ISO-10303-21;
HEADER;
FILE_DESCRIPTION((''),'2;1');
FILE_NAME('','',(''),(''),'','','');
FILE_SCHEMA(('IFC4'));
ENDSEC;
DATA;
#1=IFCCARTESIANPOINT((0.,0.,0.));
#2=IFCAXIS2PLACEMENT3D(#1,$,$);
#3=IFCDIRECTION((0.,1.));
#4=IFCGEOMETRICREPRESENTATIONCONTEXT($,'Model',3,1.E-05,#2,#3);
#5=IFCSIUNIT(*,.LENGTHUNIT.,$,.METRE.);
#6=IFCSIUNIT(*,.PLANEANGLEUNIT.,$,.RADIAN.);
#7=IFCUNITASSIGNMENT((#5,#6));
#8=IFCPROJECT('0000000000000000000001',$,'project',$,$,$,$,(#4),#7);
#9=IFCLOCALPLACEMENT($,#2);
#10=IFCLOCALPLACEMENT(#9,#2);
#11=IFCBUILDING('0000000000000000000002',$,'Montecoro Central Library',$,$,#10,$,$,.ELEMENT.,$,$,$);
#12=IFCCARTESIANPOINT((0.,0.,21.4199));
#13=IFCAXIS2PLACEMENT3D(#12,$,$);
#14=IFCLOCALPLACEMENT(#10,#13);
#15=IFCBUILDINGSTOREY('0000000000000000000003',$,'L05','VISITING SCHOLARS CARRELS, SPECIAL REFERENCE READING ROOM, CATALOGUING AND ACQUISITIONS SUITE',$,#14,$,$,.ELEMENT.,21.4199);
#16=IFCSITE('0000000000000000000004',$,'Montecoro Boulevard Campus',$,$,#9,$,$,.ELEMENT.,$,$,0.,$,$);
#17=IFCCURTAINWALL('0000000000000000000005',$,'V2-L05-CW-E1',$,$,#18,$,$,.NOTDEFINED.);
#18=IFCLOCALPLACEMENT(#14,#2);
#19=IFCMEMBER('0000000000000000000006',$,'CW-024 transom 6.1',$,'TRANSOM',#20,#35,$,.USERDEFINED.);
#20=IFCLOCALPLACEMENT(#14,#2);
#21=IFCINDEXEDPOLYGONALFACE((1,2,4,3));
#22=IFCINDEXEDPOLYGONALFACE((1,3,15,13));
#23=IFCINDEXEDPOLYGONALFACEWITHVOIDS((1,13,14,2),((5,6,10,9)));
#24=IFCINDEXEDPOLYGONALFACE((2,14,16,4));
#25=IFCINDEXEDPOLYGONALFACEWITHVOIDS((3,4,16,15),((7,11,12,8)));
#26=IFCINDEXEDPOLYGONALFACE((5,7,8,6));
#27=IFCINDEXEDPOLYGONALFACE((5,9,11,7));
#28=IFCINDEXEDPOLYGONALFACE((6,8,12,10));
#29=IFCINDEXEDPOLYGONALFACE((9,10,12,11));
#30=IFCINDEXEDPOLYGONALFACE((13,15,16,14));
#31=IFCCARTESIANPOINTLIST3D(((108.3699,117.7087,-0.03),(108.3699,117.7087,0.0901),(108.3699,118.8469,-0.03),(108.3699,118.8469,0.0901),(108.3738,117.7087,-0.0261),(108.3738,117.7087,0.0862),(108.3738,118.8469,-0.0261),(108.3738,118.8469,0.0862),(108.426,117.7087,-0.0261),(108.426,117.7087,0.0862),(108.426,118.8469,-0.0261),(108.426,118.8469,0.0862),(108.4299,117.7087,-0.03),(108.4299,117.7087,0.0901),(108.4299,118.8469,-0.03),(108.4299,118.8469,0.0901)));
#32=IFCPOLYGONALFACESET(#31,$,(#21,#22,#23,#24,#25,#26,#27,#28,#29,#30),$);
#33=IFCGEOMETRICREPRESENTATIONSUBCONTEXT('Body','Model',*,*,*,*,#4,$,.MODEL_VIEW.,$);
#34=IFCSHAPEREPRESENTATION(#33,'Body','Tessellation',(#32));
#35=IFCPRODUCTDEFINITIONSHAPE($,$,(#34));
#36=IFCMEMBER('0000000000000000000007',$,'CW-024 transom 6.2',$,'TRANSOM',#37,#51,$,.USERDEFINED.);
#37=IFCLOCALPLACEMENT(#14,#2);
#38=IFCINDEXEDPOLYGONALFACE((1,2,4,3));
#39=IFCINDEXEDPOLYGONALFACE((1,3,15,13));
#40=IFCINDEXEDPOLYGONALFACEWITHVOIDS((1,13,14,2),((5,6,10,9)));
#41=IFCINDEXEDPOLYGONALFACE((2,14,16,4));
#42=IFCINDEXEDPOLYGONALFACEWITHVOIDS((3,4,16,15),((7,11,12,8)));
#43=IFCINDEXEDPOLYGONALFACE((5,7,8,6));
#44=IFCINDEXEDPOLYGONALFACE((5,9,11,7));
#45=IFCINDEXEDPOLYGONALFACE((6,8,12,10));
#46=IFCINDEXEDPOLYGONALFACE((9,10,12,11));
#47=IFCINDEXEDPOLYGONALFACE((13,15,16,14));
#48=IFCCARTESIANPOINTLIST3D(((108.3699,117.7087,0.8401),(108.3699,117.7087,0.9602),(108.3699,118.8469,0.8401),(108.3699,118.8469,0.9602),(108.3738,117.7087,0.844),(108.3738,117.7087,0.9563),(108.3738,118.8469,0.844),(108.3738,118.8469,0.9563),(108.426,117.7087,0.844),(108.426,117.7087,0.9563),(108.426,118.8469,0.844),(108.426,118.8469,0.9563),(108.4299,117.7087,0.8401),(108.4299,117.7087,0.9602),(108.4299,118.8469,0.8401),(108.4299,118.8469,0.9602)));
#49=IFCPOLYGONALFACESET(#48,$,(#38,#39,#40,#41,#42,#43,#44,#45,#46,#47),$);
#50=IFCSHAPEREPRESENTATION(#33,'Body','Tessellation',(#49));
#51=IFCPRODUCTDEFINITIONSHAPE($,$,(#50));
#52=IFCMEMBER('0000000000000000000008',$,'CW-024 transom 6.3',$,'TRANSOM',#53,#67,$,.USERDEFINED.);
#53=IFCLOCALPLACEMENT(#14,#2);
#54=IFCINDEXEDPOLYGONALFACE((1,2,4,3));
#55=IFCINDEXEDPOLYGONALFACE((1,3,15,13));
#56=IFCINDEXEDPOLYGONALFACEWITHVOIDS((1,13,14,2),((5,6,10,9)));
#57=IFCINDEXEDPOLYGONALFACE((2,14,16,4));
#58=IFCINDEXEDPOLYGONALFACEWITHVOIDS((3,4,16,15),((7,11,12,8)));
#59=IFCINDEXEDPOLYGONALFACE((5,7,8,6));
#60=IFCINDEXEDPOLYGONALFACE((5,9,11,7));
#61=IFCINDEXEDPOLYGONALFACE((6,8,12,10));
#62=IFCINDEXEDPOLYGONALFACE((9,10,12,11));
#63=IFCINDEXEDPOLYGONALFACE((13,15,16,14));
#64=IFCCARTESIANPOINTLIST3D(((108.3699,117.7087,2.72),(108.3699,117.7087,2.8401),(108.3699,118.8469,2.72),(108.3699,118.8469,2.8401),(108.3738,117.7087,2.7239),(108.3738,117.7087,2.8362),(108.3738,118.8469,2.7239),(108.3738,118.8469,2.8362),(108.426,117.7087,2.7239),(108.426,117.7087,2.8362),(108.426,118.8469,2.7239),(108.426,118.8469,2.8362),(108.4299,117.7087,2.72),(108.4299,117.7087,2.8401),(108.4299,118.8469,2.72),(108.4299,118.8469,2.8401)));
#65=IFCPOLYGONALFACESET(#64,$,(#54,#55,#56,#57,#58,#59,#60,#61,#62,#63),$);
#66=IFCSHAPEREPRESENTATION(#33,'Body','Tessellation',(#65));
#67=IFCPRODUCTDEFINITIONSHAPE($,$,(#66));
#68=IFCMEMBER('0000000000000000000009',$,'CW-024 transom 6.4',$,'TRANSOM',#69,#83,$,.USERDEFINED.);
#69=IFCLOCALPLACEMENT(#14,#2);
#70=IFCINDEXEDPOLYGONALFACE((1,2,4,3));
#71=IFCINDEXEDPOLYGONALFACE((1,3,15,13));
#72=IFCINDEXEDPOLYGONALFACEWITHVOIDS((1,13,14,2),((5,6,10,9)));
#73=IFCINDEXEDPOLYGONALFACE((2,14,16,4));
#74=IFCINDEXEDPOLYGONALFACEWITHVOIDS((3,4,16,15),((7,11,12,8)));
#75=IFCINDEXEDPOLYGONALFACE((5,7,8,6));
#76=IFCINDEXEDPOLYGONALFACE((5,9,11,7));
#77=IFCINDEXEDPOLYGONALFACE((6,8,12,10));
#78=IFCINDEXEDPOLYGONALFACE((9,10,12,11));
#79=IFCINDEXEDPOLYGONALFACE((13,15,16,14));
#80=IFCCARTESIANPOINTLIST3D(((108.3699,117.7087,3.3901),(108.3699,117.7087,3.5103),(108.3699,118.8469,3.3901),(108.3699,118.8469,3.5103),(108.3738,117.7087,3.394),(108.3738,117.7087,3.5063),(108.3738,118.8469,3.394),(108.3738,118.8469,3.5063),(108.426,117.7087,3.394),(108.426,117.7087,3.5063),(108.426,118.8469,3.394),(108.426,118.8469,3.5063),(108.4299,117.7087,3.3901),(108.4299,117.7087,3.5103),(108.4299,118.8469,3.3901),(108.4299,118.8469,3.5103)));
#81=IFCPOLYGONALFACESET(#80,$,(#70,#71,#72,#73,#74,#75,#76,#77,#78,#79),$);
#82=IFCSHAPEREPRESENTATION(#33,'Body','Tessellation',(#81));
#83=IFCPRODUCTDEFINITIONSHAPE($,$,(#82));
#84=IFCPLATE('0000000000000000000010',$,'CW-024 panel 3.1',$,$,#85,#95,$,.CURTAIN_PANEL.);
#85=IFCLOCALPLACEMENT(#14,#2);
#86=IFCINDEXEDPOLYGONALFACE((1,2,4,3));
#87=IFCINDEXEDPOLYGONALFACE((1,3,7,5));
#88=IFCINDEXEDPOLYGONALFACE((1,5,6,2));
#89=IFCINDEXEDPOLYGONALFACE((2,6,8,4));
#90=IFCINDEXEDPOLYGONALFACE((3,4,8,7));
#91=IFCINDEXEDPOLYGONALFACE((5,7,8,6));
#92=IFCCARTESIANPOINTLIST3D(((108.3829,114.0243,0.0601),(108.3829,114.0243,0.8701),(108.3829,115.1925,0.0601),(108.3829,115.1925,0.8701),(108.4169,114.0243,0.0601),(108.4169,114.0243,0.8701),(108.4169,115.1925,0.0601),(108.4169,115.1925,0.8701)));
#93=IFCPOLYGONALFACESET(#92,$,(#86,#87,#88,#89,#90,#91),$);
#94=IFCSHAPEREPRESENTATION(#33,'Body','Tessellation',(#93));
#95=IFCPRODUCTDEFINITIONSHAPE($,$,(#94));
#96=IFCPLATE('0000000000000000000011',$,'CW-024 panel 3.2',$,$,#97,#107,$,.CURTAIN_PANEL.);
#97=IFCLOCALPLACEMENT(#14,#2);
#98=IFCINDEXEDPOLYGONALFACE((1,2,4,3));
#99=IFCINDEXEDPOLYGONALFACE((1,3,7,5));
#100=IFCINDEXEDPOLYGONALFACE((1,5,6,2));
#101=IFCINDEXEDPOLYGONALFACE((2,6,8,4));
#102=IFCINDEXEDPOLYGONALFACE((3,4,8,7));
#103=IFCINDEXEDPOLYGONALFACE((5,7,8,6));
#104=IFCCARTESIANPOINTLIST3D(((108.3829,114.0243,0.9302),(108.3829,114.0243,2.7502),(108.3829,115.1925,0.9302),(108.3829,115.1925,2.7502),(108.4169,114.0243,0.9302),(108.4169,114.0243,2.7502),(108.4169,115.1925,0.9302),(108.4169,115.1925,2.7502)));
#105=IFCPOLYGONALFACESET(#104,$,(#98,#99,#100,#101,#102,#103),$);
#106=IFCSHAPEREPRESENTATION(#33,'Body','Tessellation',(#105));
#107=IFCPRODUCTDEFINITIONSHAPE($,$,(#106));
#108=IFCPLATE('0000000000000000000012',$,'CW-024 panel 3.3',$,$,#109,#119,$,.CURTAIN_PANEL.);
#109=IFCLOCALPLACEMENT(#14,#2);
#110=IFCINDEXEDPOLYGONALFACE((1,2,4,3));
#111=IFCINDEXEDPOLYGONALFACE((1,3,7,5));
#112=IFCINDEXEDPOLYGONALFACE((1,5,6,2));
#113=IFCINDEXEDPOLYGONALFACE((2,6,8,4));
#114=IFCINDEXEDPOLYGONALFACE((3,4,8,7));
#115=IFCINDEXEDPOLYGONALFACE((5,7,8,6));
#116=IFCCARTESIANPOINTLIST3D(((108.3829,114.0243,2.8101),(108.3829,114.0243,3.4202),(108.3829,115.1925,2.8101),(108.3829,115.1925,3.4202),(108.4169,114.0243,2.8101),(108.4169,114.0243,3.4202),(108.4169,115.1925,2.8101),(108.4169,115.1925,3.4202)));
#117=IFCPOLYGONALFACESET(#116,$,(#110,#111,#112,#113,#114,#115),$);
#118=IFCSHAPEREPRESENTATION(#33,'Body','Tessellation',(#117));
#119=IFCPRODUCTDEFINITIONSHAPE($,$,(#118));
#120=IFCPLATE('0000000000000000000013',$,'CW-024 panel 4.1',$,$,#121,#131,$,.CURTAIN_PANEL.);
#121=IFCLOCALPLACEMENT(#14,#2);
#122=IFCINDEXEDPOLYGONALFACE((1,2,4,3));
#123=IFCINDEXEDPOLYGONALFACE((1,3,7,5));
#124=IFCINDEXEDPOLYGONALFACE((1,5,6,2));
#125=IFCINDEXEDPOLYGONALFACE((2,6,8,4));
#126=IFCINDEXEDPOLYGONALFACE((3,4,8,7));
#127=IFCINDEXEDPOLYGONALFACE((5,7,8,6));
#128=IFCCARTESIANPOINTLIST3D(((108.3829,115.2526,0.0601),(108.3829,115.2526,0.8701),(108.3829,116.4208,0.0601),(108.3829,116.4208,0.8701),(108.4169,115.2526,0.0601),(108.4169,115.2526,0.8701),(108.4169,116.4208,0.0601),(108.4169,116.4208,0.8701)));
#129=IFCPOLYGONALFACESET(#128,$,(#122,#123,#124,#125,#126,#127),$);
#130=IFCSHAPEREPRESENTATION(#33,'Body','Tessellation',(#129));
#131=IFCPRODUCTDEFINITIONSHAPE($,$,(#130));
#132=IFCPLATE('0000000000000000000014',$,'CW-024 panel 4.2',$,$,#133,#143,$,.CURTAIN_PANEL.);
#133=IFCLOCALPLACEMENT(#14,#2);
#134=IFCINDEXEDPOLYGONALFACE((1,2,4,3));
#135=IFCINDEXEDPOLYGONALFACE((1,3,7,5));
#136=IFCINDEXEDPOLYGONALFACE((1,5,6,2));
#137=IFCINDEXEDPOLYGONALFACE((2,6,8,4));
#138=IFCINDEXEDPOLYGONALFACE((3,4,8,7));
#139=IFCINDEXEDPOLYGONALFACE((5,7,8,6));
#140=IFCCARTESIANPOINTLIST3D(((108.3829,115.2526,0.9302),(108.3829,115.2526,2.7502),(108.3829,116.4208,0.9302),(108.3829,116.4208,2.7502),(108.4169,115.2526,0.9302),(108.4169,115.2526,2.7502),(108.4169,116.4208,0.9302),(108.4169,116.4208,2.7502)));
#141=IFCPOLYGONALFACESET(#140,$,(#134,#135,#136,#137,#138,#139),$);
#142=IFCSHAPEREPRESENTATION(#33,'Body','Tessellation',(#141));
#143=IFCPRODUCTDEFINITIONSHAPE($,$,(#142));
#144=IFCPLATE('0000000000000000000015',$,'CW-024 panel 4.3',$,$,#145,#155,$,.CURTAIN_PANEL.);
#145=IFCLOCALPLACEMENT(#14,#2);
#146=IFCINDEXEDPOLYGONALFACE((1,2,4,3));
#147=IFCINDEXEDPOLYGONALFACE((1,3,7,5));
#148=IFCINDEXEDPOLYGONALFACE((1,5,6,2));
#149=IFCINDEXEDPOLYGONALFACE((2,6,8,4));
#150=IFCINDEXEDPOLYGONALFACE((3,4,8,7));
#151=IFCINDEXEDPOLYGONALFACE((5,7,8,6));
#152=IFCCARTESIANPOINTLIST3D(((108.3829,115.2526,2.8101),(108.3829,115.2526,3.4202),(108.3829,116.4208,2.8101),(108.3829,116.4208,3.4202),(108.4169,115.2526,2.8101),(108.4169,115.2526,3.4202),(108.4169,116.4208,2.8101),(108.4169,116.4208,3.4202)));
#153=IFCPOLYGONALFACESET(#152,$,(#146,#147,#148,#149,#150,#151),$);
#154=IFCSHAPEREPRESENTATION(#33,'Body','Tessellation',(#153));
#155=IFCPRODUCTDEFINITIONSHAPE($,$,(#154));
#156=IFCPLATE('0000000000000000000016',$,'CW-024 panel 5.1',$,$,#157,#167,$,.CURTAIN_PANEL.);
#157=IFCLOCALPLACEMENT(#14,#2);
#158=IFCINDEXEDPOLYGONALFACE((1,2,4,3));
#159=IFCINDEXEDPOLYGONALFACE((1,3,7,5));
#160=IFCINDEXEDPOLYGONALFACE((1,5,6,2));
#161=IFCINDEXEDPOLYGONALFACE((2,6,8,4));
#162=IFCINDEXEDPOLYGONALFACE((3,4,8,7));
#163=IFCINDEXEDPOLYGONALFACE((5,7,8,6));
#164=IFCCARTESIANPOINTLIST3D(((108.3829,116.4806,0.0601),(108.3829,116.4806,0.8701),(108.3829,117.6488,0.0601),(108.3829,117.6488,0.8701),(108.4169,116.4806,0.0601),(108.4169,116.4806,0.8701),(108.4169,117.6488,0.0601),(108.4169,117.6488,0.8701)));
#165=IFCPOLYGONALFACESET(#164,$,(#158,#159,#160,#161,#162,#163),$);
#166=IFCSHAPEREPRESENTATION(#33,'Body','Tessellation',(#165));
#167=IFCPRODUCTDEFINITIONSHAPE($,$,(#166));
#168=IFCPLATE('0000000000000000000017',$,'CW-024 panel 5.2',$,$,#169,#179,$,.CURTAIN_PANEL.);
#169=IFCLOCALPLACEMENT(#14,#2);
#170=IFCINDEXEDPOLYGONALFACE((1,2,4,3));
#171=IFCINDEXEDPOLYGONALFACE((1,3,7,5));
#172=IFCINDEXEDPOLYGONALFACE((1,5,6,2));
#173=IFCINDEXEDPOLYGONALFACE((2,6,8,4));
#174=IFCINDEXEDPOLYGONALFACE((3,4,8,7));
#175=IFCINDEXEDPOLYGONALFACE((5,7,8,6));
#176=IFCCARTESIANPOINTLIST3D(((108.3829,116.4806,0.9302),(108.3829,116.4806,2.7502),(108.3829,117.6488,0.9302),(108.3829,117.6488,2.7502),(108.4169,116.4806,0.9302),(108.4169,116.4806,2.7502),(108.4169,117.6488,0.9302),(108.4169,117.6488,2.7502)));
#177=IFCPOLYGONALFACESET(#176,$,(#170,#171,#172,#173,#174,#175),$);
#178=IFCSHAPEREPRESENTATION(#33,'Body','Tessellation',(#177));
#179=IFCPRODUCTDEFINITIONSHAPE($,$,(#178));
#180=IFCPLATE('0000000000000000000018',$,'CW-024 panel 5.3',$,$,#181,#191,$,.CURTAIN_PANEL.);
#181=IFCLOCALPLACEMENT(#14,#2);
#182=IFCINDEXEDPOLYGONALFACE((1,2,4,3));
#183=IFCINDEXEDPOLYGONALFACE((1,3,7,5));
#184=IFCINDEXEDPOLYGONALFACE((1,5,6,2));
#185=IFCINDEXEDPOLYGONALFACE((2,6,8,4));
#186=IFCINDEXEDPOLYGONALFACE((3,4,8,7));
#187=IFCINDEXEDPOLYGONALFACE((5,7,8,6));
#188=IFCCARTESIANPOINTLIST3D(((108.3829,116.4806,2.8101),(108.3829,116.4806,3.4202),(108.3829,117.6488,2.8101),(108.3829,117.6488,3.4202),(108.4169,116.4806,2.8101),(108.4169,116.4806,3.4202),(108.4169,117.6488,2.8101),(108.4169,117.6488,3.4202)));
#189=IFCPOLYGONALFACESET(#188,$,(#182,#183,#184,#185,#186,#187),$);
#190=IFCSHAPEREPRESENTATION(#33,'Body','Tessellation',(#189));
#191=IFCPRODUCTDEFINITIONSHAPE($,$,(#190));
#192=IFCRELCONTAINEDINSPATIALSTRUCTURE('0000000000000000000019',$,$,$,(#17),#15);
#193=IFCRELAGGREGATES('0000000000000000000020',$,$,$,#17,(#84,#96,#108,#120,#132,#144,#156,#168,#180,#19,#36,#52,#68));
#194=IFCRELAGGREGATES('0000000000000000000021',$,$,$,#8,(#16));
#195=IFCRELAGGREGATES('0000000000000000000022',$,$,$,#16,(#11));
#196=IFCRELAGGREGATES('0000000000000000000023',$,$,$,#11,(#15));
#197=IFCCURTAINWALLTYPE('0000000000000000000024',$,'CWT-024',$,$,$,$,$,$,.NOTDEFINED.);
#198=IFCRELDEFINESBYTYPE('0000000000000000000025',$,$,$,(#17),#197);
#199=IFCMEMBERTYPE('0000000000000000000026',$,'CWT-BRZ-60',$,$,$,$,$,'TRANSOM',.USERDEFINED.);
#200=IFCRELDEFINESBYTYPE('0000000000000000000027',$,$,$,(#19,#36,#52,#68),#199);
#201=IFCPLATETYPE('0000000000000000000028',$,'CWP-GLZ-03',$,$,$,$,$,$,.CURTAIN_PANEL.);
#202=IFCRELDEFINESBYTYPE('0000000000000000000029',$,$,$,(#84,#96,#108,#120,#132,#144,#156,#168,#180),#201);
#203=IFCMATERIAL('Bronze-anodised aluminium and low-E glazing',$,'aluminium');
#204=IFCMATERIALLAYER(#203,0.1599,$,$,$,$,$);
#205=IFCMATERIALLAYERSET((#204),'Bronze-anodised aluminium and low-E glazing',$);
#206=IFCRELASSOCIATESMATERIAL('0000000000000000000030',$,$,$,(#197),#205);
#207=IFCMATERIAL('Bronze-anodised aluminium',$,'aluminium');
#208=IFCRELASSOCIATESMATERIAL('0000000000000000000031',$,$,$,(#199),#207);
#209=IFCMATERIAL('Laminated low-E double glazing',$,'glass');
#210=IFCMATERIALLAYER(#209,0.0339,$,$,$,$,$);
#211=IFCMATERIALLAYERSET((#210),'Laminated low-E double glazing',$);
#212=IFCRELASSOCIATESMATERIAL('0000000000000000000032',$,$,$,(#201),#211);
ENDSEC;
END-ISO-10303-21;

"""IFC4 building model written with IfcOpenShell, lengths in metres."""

from ifc_helpers import new_model, si_unit, direction, frame, origin, origin_2d, place, context, subcontext, project, spatial, rectangle, hollow_rectangle, extrude, material, layer, layer_set, material_profile, profile_set, type_object, element, aggregate, save


model = new_model("IFC4")

# Units and contexts
model_context = context("Model", 3, precision=1e-05, world=origin(), true_north=direction((0.0, 1.0)))
body_context = subcontext(model_context, "Body", "Model", "MODEL_VIEW")
ifc_project = project(units=[si_unit("LENGTHUNIT", "METRE"), si_unit("PLANEANGLEUNIT", "RADIAN")], contexts=[model_context])

# Site, building, storey
site_placement = place(None, origin())
site = spatial("IfcSite", under=ifc_project, at=site_placement, Name="Montecoro Boulevard Campus", CompositionType="ELEMENT", RefElevation=0.0)
building_placement = place(site_placement, origin())
building = spatial("IfcBuilding", under=site, at=building_placement, Name="Montecoro Central Library", CompositionType="ELEMENT")
storey_placement = place(building_placement, frame((0.0, 0.0, 21.4199)))
storey = spatial("IfcBuildingStorey", under=building, at=storey_placement, Name="L05", Description="VISITING SCHOLARS CARRELS, SPECIAL REFERENCE READING ROOM, CATALOGUING AND ACQUISITIONS SUITE", CompositionType="ELEMENT", Elevation=21.4199)

# Curtain wall, members, plates
ifc_material_1 = material(Name="Bronze-anodised aluminium and low-E glazing", Category="aluminium")
ifc_layer_1 = layer(ifc_material_1, 0.1599)
ifc_layer_set_1 = layer_set([ifc_layer_1], Name="Bronze-anodised aluminium and low-E glazing")
curtain_wall_type = type_object("IfcCurtainWallType", Name="CWT-024", PredefinedType="NOTDEFINED", material=ifc_layer_set_1)
curtain_wall_placement = place(storey_placement, origin())
curtain_wall = element("IfcCurtainWall", 1, at=curtain_wall_placement, inside=storey, type_object=curtain_wall_type, Name="V2-L05-CW-E1", PredefinedType="NOTDEFINED")
ifc_material_2 = material(Name="Bronze-anodised aluminium", Category="aluminium")
ifc_material_profile_1 = material_profile(ifc_material_2, hollow_rectangle(XDim=0.0601, YDim=0.1201, WallThickness=0.0039, at=origin_2d()), Name="CWT 120x60x4.0")
ifc_profile_set_1 = profile_set([ifc_material_profile_1], Name="Bronze-anodised aluminium")
member_type_1 = type_object("IfcMemberType", Name="CWT-BRZ-60", ElementType="TRANSOM", PredefinedType="USERDEFINED", material=ifc_profile_set_1)
member_1_placement = place(storey_placement, frame((108.3999, 117.7087, 0.03), z_axis=(0.0, 1.0, 0.0), x_axis=(-1.0, 0.0, 0.0)))
member_1 = element("IfcMember", 2, at=member_1_placement, type_object=member_type_1, Name="CW-024 transom 6.1", ObjectType="TRANSOM", PredefinedType="USERDEFINED", context=body_context, shape_type="SweptSolid", body=[
    extrude(hollow_rectangle(XDim=0.0601, YDim=0.1201, WallThickness=0.0039, at=origin_2d()), origin(), (0.0, 0.0, 1.0), 1.1382),
])
member_2_placement = place(storey_placement, frame((108.3999, 117.7087, 0.9001), z_axis=(0.0, 1.0, 0.0), x_axis=(-1.0, 0.0, 0.0)))
member_2 = element("IfcMember", 3, at=member_2_placement, type_object=member_type_1, Name="CW-024 transom 6.2", ObjectType="TRANSOM", PredefinedType="USERDEFINED", context=body_context, shape_type="SweptSolid", body=[
    extrude(hollow_rectangle(XDim=0.0601, YDim=0.1201, WallThickness=0.0039, at=origin_2d()), origin(), (0.0, 0.0, 1.0), 1.1382),
])
member_3_placement = place(storey_placement, frame((108.3999, 117.7087, 2.78), z_axis=(0.0, 1.0, 0.0), x_axis=(-1.0, 0.0, 0.0)))
member_3 = element("IfcMember", 4, at=member_3_placement, type_object=member_type_1, Name="CW-024 transom 6.3", ObjectType="TRANSOM", PredefinedType="USERDEFINED", context=body_context, shape_type="SweptSolid", body=[
    extrude(hollow_rectangle(XDim=0.0601, YDim=0.1201, WallThickness=0.0039, at=origin_2d()), origin(), (0.0, 0.0, 1.0), 1.1382),
])
member_4_placement = place(storey_placement, frame((108.3999, 117.7087, 3.4502), z_axis=(0.0, 1.0, 0.0), x_axis=(-1.0, 0.0, 0.0)))
member_4 = element("IfcMember", 5, at=member_4_placement, type_object=member_type_1, Name="CW-024 transom 6.4", ObjectType="TRANSOM", PredefinedType="USERDEFINED", context=body_context, shape_type="SweptSolid", body=[
    extrude(hollow_rectangle(XDim=0.0601, YDim=0.1201, WallThickness=0.0039, at=origin_2d()), origin(), (0.0, 0.0, 1.0), 1.1382),
])
ifc_material_3 = material(Name="Laminated low-E double glazing", Category="glass")
ifc_layer_2 = layer(ifc_material_3, 0.0339)
ifc_layer_set_2 = layer_set([ifc_layer_2], Name="Laminated low-E double glazing")
plate_type = type_object("IfcPlateType", Name="CWP-GLZ-03", PredefinedType="CURTAIN_PANEL", material=ifc_layer_set_2)
plate_1_placement = place(storey_placement, frame((108.3999, 114.6084, 0.0601), z_axis=(0.0, 0.0, 1.0), x_axis=(0.0, 1.0, 0.0)))
plate_1 = element("IfcPlate", 6, at=plate_1_placement, type_object=plate_type, Name="CW-024 panel 3.1", PredefinedType="CURTAIN_PANEL", context=body_context, shape_type="SweptSolid", body=[
    extrude(rectangle(XDim=1.1682, YDim=0.0339, at=origin_2d()), origin(), (0.0, 0.0, 1.0), 0.8101),
])
plate_2_placement = place(storey_placement, frame((108.3999, 114.6084, 0.9302), z_axis=(0.0, 0.0, 1.0), x_axis=(0.0, 1.0, 0.0)))
plate_2 = element("IfcPlate", 7, at=plate_2_placement, type_object=plate_type, Name="CW-024 panel 3.2", PredefinedType="CURTAIN_PANEL", context=body_context, shape_type="SweptSolid", body=[
    extrude(rectangle(XDim=1.1682, YDim=0.0339, at=origin_2d()), origin(), (0.0, 0.0, 1.0), 1.8201),
])
plate_3_placement = place(storey_placement, frame((108.3999, 114.6084, 2.8101), z_axis=(0.0, 0.0, 1.0), x_axis=(0.0, 1.0, 0.0)))
plate_3 = element("IfcPlate", 8, at=plate_3_placement, type_object=plate_type, Name="CW-024 panel 3.3", PredefinedType="CURTAIN_PANEL", context=body_context, shape_type="SweptSolid", body=[
    extrude(rectangle(XDim=1.1682, YDim=0.0339, at=origin_2d()), origin(), (0.0, 0.0, 1.0), 0.6101),
])
plate_4_placement = place(storey_placement, frame((108.3999, 115.8367, 0.0601), z_axis=(0.0, 0.0, 1.0), x_axis=(0.0, 1.0, 0.0)))
plate_4 = element("IfcPlate", 9, at=plate_4_placement, type_object=plate_type, Name="CW-024 panel 4.1", PredefinedType="CURTAIN_PANEL", context=body_context, shape_type="SweptSolid", body=[
    extrude(rectangle(XDim=1.1682, YDim=0.0339, at=origin_2d()), origin(), (0.0, 0.0, 1.0), 0.8101),
])
plate_5_placement = place(storey_placement, frame((108.3999, 115.8367, 0.9302), z_axis=(0.0, 0.0, 1.0), x_axis=(0.0, 1.0, 0.0)))
plate_5 = element("IfcPlate", 10, at=plate_5_placement, type_object=plate_type, Name="CW-024 panel 4.2", PredefinedType="CURTAIN_PANEL", context=body_context, shape_type="SweptSolid", body=[
    extrude(rectangle(XDim=1.1682, YDim=0.0339, at=origin_2d()), origin(), (0.0, 0.0, 1.0), 1.8201),
])
plate_6_placement = place(storey_placement, frame((108.3999, 115.8367, 2.8101), z_axis=(0.0, 0.0, 1.0), x_axis=(0.0, 1.0, 0.0)))
plate_6 = element("IfcPlate", 11, at=plate_6_placement, type_object=plate_type, Name="CW-024 panel 4.3", PredefinedType="CURTAIN_PANEL", context=body_context, shape_type="SweptSolid", body=[
    extrude(rectangle(XDim=1.1682, YDim=0.0339, at=origin_2d()), origin(), (0.0, 0.0, 1.0), 0.6101),
])
plate_7_placement = place(storey_placement, frame((108.3999, 117.0647, 0.0601), z_axis=(0.0, 0.0, 1.0), x_axis=(0.0, 1.0, 0.0)))
plate_7 = element("IfcPlate", 12, at=plate_7_placement, type_object=plate_type, Name="CW-024 panel 5.1", PredefinedType="CURTAIN_PANEL", context=body_context, shape_type="SweptSolid", body=[
    extrude(rectangle(XDim=1.1682, YDim=0.0339, at=origin_2d()), origin(), (0.0, 0.0, 1.0), 0.8101),
])
plate_8_placement = place(storey_placement, frame((108.3999, 117.0647, 0.9302), z_axis=(0.0, 0.0, 1.0), x_axis=(0.0, 1.0, 0.0)))
plate_8 = element("IfcPlate", 13, at=plate_8_placement, type_object=plate_type, Name="CW-024 panel 5.2", PredefinedType="CURTAIN_PANEL", context=body_context, shape_type="SweptSolid", body=[
    extrude(rectangle(XDim=1.1682, YDim=0.0339, at=origin_2d()), origin(), (0.0, 0.0, 1.0), 1.8201),
])
plate_9_placement = place(storey_placement, frame((108.3999, 117.0647, 2.8101), z_axis=(0.0, 0.0, 1.0), x_axis=(0.0, 1.0, 0.0)))
plate_9 = element("IfcPlate", 14, at=plate_9_placement, type_object=plate_type, Name="CW-024 panel 5.3", PredefinedType="CURTAIN_PANEL", context=body_context, shape_type="SweptSolid", body=[
    extrude(rectangle(XDim=1.1682, YDim=0.0339, at=origin_2d()), origin(), (0.0, 0.0, 1.0), 0.6101),
])
aggregate(curtain_wall, [plate_1, plate_2, plate_3, plate_4, plate_5, plate_6, plate_7, plate_8, plate_9, member_1, member_2, member_3, member_4])

save(model, "model.ifc")
